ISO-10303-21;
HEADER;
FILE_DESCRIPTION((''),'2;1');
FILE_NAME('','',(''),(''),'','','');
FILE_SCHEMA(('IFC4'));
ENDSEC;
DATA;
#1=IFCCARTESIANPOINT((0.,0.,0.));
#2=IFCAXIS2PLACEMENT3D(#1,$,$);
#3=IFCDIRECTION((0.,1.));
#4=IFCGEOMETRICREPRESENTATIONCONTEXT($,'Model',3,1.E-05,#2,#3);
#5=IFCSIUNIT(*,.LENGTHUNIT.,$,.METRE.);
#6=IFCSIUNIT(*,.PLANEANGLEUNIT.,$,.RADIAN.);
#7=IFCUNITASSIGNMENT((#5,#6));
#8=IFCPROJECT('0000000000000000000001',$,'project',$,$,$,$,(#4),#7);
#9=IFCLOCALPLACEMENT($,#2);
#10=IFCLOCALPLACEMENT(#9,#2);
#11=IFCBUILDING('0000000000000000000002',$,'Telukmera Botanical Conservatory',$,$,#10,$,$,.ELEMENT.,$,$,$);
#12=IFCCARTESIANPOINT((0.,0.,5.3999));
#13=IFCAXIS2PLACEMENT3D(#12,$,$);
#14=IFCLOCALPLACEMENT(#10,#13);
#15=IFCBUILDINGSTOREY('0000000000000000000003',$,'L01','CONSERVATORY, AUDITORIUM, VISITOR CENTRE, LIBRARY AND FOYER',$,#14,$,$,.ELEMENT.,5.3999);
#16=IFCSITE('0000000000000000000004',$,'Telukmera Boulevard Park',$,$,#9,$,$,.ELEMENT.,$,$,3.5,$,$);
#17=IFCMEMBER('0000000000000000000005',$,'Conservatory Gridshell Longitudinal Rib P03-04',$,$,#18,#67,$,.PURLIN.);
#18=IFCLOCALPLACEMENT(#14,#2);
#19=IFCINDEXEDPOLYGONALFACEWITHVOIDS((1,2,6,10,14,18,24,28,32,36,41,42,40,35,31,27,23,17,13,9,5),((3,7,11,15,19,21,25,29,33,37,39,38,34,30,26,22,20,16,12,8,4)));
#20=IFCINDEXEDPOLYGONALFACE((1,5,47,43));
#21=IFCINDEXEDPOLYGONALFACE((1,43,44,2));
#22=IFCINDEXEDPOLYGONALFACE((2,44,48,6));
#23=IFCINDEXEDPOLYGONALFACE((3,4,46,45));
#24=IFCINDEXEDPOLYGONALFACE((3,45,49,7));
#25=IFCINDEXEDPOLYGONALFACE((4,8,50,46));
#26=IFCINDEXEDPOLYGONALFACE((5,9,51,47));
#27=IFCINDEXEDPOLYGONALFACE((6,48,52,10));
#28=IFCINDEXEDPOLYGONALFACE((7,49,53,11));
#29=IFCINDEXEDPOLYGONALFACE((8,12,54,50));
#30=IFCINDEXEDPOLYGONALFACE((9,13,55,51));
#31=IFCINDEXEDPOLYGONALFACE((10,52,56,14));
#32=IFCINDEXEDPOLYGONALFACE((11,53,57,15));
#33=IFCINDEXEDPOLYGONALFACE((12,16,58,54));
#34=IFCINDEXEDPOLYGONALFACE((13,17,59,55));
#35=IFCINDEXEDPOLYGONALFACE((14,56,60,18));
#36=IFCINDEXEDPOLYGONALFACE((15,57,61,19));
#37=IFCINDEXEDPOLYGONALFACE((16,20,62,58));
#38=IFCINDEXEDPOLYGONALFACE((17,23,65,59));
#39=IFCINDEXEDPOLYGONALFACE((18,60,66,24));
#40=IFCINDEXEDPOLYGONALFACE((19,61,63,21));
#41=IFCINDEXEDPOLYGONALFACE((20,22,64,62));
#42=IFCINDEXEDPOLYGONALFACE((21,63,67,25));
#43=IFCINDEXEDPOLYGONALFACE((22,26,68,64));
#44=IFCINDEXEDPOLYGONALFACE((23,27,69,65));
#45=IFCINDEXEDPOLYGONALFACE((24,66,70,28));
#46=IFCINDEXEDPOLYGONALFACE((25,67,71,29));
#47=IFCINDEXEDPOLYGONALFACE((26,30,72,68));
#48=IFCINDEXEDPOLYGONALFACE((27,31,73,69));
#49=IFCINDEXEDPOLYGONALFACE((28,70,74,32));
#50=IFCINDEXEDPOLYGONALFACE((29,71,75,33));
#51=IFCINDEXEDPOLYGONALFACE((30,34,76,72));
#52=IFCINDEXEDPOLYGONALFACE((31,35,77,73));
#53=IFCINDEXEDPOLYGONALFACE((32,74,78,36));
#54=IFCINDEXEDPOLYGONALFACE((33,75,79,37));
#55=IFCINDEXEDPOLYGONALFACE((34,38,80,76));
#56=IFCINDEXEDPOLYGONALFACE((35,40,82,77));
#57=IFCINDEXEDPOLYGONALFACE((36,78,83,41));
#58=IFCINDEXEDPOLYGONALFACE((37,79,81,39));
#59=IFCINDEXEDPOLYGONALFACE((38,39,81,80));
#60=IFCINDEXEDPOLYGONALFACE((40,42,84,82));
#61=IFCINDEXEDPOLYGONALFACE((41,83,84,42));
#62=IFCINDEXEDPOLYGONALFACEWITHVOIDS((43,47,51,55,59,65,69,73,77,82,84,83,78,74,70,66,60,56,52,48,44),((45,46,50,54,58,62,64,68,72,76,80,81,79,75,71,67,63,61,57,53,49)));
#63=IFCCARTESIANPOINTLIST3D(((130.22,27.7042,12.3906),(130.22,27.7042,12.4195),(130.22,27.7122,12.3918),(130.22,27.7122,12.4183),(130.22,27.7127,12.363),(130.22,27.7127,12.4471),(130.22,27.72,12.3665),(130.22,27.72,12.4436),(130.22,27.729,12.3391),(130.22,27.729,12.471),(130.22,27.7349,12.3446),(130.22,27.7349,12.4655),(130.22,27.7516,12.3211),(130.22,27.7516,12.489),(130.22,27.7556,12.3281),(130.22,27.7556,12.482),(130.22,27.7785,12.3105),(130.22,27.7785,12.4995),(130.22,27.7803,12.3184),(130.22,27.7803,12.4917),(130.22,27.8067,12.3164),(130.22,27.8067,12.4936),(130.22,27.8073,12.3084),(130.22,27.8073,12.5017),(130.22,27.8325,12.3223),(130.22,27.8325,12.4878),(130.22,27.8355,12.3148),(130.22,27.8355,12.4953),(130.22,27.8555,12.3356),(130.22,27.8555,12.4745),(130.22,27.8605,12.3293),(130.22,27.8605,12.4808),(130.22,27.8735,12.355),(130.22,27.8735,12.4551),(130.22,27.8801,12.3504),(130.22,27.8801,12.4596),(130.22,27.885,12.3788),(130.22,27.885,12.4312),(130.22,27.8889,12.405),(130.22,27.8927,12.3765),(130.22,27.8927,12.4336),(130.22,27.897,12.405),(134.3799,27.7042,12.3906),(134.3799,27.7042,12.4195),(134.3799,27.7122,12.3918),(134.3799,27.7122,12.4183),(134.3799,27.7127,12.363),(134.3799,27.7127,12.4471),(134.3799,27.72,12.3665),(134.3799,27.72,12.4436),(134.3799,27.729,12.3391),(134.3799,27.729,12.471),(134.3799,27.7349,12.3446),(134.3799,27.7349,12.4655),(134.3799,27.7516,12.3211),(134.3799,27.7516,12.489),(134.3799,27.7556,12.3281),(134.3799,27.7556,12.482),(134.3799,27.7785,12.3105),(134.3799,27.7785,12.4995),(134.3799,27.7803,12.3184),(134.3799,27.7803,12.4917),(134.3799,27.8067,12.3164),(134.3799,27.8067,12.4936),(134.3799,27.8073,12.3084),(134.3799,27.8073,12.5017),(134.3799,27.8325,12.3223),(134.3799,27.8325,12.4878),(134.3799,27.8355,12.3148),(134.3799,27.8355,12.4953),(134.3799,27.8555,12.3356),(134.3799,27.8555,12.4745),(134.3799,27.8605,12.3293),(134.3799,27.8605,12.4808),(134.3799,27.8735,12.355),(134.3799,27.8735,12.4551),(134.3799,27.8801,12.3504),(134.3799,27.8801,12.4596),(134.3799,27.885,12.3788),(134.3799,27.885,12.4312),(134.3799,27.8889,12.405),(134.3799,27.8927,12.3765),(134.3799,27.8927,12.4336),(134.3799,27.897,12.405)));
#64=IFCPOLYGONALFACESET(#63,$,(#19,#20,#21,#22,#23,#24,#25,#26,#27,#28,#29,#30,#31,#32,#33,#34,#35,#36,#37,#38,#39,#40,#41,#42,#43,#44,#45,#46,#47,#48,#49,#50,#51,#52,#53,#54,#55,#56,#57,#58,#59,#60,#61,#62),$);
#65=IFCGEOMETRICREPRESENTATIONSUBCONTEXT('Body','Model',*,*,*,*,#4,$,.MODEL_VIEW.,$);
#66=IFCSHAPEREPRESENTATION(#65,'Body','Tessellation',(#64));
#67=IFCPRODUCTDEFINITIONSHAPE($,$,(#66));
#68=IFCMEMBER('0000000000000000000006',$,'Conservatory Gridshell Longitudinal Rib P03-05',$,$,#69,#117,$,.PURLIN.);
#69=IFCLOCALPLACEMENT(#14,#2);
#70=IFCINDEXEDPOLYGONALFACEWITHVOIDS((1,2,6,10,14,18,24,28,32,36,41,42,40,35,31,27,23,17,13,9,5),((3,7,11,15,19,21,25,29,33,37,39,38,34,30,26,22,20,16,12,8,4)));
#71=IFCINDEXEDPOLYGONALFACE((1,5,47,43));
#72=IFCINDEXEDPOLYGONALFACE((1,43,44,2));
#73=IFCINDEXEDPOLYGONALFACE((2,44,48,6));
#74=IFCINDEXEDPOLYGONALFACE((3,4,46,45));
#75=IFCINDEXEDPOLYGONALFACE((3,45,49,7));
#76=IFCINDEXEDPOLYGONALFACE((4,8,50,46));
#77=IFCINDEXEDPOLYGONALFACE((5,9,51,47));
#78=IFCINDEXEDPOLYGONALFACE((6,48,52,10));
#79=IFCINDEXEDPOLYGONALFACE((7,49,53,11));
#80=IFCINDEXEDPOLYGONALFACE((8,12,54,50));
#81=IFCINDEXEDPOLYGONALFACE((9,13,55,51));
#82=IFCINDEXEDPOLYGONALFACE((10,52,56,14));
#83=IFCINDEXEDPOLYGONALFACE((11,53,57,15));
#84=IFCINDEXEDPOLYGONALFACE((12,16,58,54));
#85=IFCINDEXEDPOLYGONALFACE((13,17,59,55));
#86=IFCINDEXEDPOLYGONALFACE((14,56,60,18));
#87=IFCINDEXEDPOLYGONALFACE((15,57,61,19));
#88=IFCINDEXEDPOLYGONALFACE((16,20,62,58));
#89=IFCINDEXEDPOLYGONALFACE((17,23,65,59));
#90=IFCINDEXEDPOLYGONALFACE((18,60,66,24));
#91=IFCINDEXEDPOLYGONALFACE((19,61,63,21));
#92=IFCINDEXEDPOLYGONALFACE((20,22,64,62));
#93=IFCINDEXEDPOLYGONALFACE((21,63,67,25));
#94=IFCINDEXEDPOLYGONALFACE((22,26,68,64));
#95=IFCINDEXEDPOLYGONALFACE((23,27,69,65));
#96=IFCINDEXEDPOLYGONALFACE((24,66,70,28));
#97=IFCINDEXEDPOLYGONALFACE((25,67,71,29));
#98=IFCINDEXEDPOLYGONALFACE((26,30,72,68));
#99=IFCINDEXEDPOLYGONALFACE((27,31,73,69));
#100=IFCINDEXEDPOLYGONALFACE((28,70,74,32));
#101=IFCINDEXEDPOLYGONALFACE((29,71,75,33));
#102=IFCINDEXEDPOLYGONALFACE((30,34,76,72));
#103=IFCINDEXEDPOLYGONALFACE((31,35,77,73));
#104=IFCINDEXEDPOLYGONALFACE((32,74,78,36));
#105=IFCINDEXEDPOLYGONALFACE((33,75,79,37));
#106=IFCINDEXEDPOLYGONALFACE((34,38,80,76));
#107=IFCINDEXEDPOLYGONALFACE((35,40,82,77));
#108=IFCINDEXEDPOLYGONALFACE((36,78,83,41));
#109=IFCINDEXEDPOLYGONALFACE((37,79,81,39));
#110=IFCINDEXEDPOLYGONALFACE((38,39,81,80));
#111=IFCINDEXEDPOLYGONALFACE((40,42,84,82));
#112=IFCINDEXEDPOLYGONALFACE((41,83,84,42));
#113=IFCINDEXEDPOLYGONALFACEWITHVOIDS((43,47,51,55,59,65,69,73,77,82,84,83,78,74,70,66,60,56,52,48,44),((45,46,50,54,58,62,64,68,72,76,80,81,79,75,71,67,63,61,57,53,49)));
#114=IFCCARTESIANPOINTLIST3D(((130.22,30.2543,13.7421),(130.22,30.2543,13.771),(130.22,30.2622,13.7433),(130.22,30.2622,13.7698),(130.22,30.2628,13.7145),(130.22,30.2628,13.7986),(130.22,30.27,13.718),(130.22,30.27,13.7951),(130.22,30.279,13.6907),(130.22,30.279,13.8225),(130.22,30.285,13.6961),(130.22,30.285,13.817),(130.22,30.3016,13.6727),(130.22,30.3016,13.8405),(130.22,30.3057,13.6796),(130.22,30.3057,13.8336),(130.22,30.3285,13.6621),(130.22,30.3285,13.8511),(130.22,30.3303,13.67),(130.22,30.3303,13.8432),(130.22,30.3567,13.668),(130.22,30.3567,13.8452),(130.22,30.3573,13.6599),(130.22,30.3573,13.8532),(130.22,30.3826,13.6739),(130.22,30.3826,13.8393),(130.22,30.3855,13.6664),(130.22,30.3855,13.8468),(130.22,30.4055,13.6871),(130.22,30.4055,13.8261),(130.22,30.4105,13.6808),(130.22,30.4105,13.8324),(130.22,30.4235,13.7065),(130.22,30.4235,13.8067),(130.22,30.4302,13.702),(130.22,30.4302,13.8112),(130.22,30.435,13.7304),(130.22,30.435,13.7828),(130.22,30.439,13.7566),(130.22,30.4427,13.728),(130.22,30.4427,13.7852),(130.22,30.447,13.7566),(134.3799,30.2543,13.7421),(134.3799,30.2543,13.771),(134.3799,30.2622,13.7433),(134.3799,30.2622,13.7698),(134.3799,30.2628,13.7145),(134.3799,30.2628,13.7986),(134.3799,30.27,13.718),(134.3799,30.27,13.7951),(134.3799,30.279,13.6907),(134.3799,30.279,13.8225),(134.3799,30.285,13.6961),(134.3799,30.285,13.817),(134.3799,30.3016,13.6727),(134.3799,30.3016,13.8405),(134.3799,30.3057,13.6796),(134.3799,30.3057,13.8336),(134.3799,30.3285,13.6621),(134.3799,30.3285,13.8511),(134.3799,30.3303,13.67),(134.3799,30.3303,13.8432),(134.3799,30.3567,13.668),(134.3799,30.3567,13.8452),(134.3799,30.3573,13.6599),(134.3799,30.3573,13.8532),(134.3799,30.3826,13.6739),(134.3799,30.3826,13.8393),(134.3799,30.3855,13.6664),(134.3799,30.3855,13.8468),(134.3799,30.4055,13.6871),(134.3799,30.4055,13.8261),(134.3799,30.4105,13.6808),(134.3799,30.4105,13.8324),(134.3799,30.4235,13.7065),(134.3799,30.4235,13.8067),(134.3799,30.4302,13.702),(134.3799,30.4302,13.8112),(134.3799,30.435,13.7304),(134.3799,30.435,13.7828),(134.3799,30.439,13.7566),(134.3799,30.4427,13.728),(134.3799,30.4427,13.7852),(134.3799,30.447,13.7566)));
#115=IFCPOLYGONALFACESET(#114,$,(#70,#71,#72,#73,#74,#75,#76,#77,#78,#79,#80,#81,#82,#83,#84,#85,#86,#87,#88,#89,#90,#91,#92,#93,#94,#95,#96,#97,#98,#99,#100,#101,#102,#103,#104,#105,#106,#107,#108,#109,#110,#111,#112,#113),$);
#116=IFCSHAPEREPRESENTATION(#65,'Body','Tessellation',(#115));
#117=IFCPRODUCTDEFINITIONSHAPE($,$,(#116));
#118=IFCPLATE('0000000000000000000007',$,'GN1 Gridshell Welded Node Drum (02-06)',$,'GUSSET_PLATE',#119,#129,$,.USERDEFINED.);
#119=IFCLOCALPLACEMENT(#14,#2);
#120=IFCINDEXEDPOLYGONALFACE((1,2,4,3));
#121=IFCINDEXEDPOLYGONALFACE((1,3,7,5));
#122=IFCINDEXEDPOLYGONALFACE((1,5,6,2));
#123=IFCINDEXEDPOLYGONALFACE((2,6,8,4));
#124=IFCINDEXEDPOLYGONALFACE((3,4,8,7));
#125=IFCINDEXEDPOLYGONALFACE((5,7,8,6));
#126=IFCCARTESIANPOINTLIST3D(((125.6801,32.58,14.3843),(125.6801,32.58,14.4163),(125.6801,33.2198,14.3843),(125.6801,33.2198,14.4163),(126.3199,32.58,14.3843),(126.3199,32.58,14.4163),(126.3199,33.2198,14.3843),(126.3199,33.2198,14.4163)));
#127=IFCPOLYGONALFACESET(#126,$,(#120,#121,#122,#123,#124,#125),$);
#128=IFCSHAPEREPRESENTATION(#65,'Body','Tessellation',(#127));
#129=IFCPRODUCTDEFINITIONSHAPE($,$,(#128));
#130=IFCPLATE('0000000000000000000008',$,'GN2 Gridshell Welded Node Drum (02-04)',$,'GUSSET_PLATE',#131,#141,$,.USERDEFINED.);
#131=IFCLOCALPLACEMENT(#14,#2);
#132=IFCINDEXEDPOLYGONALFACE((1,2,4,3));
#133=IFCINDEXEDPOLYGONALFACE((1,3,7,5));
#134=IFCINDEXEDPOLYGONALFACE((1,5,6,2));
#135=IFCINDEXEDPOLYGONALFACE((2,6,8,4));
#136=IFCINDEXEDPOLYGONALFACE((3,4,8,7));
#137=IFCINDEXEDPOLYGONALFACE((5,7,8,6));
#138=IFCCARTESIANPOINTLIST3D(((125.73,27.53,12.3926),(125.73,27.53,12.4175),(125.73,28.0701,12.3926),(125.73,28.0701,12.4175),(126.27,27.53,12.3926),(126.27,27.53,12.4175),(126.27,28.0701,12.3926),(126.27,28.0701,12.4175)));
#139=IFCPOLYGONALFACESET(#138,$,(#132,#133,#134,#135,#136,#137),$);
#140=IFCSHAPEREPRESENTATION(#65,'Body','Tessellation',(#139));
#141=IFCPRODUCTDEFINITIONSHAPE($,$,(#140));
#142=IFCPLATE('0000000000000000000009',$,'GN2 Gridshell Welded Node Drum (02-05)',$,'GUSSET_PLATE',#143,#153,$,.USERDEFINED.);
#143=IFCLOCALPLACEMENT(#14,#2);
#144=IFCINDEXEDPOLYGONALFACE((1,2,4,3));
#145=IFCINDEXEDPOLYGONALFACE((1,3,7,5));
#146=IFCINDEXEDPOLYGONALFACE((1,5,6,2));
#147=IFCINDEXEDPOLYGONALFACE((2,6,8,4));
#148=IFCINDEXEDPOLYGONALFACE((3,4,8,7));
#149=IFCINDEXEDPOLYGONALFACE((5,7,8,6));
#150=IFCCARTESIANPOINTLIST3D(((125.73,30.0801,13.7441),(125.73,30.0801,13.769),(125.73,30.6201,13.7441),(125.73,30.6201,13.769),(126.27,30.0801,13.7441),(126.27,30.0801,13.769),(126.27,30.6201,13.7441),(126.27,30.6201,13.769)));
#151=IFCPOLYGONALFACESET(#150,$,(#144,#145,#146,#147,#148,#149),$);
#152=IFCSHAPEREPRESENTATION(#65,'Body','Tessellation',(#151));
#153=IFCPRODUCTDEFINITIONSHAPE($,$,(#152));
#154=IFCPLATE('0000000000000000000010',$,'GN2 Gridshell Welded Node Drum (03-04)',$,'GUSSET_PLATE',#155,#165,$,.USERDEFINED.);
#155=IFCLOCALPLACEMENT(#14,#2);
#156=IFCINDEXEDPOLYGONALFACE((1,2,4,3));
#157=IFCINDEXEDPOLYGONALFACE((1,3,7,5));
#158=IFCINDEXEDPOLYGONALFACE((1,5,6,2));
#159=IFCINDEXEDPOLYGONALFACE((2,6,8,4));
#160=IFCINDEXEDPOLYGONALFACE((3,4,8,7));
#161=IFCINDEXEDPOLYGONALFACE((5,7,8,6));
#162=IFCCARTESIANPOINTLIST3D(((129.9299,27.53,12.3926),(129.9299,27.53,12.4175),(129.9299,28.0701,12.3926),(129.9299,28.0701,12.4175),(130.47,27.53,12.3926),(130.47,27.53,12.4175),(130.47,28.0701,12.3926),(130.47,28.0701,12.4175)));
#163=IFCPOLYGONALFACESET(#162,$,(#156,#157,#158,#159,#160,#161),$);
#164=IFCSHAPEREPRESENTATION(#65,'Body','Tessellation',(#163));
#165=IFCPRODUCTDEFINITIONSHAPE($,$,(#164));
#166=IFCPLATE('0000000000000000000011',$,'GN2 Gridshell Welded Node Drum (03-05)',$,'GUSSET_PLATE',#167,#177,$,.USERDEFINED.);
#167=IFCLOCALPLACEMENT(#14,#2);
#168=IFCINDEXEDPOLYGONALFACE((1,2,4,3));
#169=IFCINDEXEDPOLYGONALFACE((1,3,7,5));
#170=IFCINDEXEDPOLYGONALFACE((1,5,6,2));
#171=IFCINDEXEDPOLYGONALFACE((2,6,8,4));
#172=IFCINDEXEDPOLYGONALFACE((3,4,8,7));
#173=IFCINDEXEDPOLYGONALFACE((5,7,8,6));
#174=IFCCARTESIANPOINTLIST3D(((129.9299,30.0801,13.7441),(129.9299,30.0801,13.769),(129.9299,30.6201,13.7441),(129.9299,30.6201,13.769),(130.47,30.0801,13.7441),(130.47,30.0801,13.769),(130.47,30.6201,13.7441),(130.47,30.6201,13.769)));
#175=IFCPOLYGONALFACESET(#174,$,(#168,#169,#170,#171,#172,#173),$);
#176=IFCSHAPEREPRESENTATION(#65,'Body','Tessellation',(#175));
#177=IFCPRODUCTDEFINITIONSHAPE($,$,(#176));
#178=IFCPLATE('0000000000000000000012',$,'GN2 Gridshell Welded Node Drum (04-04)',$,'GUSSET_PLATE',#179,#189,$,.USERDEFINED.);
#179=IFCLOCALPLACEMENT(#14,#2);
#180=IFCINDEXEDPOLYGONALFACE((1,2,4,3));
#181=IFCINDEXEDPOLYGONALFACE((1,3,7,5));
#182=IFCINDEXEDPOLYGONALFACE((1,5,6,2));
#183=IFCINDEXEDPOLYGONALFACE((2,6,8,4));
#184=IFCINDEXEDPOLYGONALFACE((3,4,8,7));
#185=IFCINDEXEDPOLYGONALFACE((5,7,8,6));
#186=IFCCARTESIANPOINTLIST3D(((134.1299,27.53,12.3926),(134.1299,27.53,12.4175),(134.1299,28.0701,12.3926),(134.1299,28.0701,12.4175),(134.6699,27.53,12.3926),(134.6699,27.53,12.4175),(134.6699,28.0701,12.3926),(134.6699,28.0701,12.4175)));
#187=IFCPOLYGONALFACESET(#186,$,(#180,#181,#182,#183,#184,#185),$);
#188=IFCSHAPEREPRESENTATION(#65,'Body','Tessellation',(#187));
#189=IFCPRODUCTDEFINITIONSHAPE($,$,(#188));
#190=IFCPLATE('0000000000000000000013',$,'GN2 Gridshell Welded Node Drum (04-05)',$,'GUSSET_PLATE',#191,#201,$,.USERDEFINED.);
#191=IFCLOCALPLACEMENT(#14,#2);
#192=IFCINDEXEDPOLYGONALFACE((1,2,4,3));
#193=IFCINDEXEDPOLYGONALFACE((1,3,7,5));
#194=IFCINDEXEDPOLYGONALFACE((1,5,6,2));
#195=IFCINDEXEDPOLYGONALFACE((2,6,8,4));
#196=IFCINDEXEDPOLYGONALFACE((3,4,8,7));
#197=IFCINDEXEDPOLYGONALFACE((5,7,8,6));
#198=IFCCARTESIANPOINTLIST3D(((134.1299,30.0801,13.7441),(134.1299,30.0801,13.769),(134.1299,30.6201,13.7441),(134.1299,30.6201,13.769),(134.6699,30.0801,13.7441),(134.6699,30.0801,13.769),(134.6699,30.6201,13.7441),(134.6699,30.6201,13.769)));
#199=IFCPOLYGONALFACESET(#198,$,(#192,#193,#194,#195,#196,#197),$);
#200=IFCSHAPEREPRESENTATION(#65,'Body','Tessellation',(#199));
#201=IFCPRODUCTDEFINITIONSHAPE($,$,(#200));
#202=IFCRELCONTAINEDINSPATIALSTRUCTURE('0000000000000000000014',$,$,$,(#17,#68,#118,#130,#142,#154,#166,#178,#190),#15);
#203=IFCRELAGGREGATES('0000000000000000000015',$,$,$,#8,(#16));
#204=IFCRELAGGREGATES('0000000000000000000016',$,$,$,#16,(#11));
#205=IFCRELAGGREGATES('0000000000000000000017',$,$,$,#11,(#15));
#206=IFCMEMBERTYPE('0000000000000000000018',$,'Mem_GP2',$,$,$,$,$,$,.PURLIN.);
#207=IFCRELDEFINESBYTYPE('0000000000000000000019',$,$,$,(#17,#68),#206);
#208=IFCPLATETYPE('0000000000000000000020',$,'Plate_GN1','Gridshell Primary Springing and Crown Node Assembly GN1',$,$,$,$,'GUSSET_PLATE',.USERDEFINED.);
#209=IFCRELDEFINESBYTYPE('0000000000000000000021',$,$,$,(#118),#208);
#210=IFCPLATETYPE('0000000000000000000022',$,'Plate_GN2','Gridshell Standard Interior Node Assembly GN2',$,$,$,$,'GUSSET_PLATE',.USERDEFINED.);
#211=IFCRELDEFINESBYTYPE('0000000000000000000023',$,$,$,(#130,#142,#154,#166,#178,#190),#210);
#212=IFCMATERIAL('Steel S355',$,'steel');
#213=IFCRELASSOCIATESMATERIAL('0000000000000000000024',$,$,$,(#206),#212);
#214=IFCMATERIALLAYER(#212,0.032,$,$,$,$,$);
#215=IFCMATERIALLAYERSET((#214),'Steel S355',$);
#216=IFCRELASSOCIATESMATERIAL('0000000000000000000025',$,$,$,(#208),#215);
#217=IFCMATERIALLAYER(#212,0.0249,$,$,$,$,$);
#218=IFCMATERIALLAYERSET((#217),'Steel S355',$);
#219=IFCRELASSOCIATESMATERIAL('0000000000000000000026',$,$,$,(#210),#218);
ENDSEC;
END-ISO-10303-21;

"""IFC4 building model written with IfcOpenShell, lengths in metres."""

from ifc_helpers import new_model, si_unit, direction, frame, origin, origin_2d, place, context, subcontext, project, spatial, rectangle, hollow_circle, extrude, material, layer, layer_set, material_profile, profile_set, type_object, element, save


model = new_model("IFC4")

# Units and contexts
model_context = context("Model", 3, precision=1e-05, world=origin(), true_north=direction((0.0, 1.0)))
body_context = subcontext(model_context, "Body", "Model", "MODEL_VIEW")
ifc_project = project(units=[si_unit("LENGTHUNIT", "METRE"), si_unit("PLANEANGLEUNIT", "RADIAN")], contexts=[model_context])

# Site, building, storey
site_placement = place(None, origin())
site = spatial("IfcSite", under=ifc_project, at=site_placement, Name="Telukmera Boulevard Park", CompositionType="ELEMENT", RefElevation=3.5)
building_placement = place(site_placement, origin())
building = spatial("IfcBuilding", under=site, at=building_placement, Name="Telukmera Botanical Conservatory", CompositionType="ELEMENT")
storey_placement = place(building_placement, frame((0.0, 0.0, 5.3999)))
storey = spatial("IfcBuildingStorey", under=building, at=storey_placement, Name="L01", Description="CONSERVATORY, AUDITORIUM, VISITOR CENTRE, LIBRARY AND FOYER", CompositionType="ELEMENT", Elevation=5.3999)

# Shared definitions
ifc_material = material(Name="Steel S355", Category="steel")

# Members
ifc_material_profile_1 = material_profile(ifc_material, hollow_circle(Radius=0.0969, WallThickness=0.0081, at=origin_2d()), Name="CHS 193.7x8.0")
ifc_profile_set_1 = profile_set([ifc_material_profile_1], Name="Steel S355")
member_type_1 = type_object("IfcMemberType", Name="Mem_GP2", PredefinedType="PURLIN", material=ifc_profile_set_1)
for number, where, z_axis, x_axis, name in (
    (1, (130.22, 27.8, 12.405), (1.0, 0.0, 0.0), (0.0, 1.0, 0.0), "Conservatory Gridshell Longitudinal Rib P03-04"),
    (2, (130.22, 30.3501, 13.7566), (1.0, 0.0, 0.0), (0.0, 1.0, 0.0), "Conservatory Gridshell Longitudinal Rib P03-05"),
):
    element("IfcMember", number, at=place(storey_placement, frame(where, z_axis=z_axis, x_axis=x_axis)), inside=storey, type_object=member_type_1, Name=name, PredefinedType="PURLIN", context=body_context, shape_type="SweptSolid", body=[
        extrude(hollow_circle(Radius=0.0969, WallThickness=0.0081, at=origin_2d()), origin(), (0.0, 0.0, 1.0), 4.1599),
    ])

# Plates
ifc_layer_1 = layer(ifc_material, 0.032)
ifc_layer_set_1 = layer_set([ifc_layer_1], Name="Steel S355")
plate_type_1 = type_object("IfcPlateType", Name="Plate_GN1", Description="Gridshell Primary Springing and Crown Node Assembly GN1", ElementType="GUSSET_PLATE", PredefinedType="USERDEFINED", material=ifc_layer_set_1)
plate_placement = place(storey_placement, frame((126.0, 32.8999, 14.3843), z_axis=(0.0, 0.0, 1.0), x_axis=(1.0, 0.0, 0.0)))
element("IfcPlate", 3, at=plate_placement, inside=storey, type_object=plate_type_1, Name="GN1 Gridshell Welded Node Drum (02-06)", ObjectType="GUSSET_PLATE", PredefinedType="USERDEFINED", context=body_context, shape_type="SweptSolid", body=[
    extrude(rectangle(XDim=0.6399, YDim=0.6399, at=origin_2d()), origin(), (0.0, 0.0, 1.0), 0.032),
])
ifc_layer_2 = layer(ifc_material, 0.0249)
ifc_layer_set_2 = layer_set([ifc_layer_2], Name="Steel S355")
plate_type_2 = type_object("IfcPlateType", Name="Plate_GN2", Description="Gridshell Standard Interior Node Assembly GN2", ElementType="GUSSET_PLATE", PredefinedType="USERDEFINED", material=ifc_layer_set_2)
for number, where, z_axis, x_axis, name in (
    (4, (126.0, 27.8, 12.3926), (0.0, 0.0, 1.0), (1.0, 0.0, 0.0), "GN2 Gridshell Welded Node Drum (02-04)"),
    (5, (126.0, 30.3501, 13.7441), (0.0, 0.0, 1.0), (1.0, 0.0, 0.0), "GN2 Gridshell Welded Node Drum (02-05)"),
    (6, (130.2, 27.8, 12.3926), (0.0, 0.0, 1.0), (1.0, 0.0, 0.0), "GN2 Gridshell Welded Node Drum (03-04)"),
    (7, (130.2, 30.3501, 13.7441), (0.0, 0.0, 1.0), (1.0, 0.0, 0.0), "GN2 Gridshell Welded Node Drum (03-05)"),
    (8, (134.3999, 27.8, 12.3926), (0.0, 0.0, 1.0), (1.0, 0.0, 0.0), "GN2 Gridshell Welded Node Drum (04-04)"),
    (9, (134.3999, 30.3501, 13.7441), (0.0, 0.0, 1.0), (1.0, 0.0, 0.0), "GN2 Gridshell Welded Node Drum (04-05)"),
):
    element("IfcPlate", number, at=place(storey_placement, frame(where, z_axis=z_axis, x_axis=x_axis)), inside=storey, type_object=plate_type_2, Name=name, ObjectType="GUSSET_PLATE", PredefinedType="USERDEFINED", context=body_context, shape_type="SweptSolid", body=[
        extrude(rectangle(XDim=0.54, YDim=0.54, at=origin_2d()), origin(), (0.0, 0.0, 1.0), 0.0249),
    ])

save(model, "model.ifc")
